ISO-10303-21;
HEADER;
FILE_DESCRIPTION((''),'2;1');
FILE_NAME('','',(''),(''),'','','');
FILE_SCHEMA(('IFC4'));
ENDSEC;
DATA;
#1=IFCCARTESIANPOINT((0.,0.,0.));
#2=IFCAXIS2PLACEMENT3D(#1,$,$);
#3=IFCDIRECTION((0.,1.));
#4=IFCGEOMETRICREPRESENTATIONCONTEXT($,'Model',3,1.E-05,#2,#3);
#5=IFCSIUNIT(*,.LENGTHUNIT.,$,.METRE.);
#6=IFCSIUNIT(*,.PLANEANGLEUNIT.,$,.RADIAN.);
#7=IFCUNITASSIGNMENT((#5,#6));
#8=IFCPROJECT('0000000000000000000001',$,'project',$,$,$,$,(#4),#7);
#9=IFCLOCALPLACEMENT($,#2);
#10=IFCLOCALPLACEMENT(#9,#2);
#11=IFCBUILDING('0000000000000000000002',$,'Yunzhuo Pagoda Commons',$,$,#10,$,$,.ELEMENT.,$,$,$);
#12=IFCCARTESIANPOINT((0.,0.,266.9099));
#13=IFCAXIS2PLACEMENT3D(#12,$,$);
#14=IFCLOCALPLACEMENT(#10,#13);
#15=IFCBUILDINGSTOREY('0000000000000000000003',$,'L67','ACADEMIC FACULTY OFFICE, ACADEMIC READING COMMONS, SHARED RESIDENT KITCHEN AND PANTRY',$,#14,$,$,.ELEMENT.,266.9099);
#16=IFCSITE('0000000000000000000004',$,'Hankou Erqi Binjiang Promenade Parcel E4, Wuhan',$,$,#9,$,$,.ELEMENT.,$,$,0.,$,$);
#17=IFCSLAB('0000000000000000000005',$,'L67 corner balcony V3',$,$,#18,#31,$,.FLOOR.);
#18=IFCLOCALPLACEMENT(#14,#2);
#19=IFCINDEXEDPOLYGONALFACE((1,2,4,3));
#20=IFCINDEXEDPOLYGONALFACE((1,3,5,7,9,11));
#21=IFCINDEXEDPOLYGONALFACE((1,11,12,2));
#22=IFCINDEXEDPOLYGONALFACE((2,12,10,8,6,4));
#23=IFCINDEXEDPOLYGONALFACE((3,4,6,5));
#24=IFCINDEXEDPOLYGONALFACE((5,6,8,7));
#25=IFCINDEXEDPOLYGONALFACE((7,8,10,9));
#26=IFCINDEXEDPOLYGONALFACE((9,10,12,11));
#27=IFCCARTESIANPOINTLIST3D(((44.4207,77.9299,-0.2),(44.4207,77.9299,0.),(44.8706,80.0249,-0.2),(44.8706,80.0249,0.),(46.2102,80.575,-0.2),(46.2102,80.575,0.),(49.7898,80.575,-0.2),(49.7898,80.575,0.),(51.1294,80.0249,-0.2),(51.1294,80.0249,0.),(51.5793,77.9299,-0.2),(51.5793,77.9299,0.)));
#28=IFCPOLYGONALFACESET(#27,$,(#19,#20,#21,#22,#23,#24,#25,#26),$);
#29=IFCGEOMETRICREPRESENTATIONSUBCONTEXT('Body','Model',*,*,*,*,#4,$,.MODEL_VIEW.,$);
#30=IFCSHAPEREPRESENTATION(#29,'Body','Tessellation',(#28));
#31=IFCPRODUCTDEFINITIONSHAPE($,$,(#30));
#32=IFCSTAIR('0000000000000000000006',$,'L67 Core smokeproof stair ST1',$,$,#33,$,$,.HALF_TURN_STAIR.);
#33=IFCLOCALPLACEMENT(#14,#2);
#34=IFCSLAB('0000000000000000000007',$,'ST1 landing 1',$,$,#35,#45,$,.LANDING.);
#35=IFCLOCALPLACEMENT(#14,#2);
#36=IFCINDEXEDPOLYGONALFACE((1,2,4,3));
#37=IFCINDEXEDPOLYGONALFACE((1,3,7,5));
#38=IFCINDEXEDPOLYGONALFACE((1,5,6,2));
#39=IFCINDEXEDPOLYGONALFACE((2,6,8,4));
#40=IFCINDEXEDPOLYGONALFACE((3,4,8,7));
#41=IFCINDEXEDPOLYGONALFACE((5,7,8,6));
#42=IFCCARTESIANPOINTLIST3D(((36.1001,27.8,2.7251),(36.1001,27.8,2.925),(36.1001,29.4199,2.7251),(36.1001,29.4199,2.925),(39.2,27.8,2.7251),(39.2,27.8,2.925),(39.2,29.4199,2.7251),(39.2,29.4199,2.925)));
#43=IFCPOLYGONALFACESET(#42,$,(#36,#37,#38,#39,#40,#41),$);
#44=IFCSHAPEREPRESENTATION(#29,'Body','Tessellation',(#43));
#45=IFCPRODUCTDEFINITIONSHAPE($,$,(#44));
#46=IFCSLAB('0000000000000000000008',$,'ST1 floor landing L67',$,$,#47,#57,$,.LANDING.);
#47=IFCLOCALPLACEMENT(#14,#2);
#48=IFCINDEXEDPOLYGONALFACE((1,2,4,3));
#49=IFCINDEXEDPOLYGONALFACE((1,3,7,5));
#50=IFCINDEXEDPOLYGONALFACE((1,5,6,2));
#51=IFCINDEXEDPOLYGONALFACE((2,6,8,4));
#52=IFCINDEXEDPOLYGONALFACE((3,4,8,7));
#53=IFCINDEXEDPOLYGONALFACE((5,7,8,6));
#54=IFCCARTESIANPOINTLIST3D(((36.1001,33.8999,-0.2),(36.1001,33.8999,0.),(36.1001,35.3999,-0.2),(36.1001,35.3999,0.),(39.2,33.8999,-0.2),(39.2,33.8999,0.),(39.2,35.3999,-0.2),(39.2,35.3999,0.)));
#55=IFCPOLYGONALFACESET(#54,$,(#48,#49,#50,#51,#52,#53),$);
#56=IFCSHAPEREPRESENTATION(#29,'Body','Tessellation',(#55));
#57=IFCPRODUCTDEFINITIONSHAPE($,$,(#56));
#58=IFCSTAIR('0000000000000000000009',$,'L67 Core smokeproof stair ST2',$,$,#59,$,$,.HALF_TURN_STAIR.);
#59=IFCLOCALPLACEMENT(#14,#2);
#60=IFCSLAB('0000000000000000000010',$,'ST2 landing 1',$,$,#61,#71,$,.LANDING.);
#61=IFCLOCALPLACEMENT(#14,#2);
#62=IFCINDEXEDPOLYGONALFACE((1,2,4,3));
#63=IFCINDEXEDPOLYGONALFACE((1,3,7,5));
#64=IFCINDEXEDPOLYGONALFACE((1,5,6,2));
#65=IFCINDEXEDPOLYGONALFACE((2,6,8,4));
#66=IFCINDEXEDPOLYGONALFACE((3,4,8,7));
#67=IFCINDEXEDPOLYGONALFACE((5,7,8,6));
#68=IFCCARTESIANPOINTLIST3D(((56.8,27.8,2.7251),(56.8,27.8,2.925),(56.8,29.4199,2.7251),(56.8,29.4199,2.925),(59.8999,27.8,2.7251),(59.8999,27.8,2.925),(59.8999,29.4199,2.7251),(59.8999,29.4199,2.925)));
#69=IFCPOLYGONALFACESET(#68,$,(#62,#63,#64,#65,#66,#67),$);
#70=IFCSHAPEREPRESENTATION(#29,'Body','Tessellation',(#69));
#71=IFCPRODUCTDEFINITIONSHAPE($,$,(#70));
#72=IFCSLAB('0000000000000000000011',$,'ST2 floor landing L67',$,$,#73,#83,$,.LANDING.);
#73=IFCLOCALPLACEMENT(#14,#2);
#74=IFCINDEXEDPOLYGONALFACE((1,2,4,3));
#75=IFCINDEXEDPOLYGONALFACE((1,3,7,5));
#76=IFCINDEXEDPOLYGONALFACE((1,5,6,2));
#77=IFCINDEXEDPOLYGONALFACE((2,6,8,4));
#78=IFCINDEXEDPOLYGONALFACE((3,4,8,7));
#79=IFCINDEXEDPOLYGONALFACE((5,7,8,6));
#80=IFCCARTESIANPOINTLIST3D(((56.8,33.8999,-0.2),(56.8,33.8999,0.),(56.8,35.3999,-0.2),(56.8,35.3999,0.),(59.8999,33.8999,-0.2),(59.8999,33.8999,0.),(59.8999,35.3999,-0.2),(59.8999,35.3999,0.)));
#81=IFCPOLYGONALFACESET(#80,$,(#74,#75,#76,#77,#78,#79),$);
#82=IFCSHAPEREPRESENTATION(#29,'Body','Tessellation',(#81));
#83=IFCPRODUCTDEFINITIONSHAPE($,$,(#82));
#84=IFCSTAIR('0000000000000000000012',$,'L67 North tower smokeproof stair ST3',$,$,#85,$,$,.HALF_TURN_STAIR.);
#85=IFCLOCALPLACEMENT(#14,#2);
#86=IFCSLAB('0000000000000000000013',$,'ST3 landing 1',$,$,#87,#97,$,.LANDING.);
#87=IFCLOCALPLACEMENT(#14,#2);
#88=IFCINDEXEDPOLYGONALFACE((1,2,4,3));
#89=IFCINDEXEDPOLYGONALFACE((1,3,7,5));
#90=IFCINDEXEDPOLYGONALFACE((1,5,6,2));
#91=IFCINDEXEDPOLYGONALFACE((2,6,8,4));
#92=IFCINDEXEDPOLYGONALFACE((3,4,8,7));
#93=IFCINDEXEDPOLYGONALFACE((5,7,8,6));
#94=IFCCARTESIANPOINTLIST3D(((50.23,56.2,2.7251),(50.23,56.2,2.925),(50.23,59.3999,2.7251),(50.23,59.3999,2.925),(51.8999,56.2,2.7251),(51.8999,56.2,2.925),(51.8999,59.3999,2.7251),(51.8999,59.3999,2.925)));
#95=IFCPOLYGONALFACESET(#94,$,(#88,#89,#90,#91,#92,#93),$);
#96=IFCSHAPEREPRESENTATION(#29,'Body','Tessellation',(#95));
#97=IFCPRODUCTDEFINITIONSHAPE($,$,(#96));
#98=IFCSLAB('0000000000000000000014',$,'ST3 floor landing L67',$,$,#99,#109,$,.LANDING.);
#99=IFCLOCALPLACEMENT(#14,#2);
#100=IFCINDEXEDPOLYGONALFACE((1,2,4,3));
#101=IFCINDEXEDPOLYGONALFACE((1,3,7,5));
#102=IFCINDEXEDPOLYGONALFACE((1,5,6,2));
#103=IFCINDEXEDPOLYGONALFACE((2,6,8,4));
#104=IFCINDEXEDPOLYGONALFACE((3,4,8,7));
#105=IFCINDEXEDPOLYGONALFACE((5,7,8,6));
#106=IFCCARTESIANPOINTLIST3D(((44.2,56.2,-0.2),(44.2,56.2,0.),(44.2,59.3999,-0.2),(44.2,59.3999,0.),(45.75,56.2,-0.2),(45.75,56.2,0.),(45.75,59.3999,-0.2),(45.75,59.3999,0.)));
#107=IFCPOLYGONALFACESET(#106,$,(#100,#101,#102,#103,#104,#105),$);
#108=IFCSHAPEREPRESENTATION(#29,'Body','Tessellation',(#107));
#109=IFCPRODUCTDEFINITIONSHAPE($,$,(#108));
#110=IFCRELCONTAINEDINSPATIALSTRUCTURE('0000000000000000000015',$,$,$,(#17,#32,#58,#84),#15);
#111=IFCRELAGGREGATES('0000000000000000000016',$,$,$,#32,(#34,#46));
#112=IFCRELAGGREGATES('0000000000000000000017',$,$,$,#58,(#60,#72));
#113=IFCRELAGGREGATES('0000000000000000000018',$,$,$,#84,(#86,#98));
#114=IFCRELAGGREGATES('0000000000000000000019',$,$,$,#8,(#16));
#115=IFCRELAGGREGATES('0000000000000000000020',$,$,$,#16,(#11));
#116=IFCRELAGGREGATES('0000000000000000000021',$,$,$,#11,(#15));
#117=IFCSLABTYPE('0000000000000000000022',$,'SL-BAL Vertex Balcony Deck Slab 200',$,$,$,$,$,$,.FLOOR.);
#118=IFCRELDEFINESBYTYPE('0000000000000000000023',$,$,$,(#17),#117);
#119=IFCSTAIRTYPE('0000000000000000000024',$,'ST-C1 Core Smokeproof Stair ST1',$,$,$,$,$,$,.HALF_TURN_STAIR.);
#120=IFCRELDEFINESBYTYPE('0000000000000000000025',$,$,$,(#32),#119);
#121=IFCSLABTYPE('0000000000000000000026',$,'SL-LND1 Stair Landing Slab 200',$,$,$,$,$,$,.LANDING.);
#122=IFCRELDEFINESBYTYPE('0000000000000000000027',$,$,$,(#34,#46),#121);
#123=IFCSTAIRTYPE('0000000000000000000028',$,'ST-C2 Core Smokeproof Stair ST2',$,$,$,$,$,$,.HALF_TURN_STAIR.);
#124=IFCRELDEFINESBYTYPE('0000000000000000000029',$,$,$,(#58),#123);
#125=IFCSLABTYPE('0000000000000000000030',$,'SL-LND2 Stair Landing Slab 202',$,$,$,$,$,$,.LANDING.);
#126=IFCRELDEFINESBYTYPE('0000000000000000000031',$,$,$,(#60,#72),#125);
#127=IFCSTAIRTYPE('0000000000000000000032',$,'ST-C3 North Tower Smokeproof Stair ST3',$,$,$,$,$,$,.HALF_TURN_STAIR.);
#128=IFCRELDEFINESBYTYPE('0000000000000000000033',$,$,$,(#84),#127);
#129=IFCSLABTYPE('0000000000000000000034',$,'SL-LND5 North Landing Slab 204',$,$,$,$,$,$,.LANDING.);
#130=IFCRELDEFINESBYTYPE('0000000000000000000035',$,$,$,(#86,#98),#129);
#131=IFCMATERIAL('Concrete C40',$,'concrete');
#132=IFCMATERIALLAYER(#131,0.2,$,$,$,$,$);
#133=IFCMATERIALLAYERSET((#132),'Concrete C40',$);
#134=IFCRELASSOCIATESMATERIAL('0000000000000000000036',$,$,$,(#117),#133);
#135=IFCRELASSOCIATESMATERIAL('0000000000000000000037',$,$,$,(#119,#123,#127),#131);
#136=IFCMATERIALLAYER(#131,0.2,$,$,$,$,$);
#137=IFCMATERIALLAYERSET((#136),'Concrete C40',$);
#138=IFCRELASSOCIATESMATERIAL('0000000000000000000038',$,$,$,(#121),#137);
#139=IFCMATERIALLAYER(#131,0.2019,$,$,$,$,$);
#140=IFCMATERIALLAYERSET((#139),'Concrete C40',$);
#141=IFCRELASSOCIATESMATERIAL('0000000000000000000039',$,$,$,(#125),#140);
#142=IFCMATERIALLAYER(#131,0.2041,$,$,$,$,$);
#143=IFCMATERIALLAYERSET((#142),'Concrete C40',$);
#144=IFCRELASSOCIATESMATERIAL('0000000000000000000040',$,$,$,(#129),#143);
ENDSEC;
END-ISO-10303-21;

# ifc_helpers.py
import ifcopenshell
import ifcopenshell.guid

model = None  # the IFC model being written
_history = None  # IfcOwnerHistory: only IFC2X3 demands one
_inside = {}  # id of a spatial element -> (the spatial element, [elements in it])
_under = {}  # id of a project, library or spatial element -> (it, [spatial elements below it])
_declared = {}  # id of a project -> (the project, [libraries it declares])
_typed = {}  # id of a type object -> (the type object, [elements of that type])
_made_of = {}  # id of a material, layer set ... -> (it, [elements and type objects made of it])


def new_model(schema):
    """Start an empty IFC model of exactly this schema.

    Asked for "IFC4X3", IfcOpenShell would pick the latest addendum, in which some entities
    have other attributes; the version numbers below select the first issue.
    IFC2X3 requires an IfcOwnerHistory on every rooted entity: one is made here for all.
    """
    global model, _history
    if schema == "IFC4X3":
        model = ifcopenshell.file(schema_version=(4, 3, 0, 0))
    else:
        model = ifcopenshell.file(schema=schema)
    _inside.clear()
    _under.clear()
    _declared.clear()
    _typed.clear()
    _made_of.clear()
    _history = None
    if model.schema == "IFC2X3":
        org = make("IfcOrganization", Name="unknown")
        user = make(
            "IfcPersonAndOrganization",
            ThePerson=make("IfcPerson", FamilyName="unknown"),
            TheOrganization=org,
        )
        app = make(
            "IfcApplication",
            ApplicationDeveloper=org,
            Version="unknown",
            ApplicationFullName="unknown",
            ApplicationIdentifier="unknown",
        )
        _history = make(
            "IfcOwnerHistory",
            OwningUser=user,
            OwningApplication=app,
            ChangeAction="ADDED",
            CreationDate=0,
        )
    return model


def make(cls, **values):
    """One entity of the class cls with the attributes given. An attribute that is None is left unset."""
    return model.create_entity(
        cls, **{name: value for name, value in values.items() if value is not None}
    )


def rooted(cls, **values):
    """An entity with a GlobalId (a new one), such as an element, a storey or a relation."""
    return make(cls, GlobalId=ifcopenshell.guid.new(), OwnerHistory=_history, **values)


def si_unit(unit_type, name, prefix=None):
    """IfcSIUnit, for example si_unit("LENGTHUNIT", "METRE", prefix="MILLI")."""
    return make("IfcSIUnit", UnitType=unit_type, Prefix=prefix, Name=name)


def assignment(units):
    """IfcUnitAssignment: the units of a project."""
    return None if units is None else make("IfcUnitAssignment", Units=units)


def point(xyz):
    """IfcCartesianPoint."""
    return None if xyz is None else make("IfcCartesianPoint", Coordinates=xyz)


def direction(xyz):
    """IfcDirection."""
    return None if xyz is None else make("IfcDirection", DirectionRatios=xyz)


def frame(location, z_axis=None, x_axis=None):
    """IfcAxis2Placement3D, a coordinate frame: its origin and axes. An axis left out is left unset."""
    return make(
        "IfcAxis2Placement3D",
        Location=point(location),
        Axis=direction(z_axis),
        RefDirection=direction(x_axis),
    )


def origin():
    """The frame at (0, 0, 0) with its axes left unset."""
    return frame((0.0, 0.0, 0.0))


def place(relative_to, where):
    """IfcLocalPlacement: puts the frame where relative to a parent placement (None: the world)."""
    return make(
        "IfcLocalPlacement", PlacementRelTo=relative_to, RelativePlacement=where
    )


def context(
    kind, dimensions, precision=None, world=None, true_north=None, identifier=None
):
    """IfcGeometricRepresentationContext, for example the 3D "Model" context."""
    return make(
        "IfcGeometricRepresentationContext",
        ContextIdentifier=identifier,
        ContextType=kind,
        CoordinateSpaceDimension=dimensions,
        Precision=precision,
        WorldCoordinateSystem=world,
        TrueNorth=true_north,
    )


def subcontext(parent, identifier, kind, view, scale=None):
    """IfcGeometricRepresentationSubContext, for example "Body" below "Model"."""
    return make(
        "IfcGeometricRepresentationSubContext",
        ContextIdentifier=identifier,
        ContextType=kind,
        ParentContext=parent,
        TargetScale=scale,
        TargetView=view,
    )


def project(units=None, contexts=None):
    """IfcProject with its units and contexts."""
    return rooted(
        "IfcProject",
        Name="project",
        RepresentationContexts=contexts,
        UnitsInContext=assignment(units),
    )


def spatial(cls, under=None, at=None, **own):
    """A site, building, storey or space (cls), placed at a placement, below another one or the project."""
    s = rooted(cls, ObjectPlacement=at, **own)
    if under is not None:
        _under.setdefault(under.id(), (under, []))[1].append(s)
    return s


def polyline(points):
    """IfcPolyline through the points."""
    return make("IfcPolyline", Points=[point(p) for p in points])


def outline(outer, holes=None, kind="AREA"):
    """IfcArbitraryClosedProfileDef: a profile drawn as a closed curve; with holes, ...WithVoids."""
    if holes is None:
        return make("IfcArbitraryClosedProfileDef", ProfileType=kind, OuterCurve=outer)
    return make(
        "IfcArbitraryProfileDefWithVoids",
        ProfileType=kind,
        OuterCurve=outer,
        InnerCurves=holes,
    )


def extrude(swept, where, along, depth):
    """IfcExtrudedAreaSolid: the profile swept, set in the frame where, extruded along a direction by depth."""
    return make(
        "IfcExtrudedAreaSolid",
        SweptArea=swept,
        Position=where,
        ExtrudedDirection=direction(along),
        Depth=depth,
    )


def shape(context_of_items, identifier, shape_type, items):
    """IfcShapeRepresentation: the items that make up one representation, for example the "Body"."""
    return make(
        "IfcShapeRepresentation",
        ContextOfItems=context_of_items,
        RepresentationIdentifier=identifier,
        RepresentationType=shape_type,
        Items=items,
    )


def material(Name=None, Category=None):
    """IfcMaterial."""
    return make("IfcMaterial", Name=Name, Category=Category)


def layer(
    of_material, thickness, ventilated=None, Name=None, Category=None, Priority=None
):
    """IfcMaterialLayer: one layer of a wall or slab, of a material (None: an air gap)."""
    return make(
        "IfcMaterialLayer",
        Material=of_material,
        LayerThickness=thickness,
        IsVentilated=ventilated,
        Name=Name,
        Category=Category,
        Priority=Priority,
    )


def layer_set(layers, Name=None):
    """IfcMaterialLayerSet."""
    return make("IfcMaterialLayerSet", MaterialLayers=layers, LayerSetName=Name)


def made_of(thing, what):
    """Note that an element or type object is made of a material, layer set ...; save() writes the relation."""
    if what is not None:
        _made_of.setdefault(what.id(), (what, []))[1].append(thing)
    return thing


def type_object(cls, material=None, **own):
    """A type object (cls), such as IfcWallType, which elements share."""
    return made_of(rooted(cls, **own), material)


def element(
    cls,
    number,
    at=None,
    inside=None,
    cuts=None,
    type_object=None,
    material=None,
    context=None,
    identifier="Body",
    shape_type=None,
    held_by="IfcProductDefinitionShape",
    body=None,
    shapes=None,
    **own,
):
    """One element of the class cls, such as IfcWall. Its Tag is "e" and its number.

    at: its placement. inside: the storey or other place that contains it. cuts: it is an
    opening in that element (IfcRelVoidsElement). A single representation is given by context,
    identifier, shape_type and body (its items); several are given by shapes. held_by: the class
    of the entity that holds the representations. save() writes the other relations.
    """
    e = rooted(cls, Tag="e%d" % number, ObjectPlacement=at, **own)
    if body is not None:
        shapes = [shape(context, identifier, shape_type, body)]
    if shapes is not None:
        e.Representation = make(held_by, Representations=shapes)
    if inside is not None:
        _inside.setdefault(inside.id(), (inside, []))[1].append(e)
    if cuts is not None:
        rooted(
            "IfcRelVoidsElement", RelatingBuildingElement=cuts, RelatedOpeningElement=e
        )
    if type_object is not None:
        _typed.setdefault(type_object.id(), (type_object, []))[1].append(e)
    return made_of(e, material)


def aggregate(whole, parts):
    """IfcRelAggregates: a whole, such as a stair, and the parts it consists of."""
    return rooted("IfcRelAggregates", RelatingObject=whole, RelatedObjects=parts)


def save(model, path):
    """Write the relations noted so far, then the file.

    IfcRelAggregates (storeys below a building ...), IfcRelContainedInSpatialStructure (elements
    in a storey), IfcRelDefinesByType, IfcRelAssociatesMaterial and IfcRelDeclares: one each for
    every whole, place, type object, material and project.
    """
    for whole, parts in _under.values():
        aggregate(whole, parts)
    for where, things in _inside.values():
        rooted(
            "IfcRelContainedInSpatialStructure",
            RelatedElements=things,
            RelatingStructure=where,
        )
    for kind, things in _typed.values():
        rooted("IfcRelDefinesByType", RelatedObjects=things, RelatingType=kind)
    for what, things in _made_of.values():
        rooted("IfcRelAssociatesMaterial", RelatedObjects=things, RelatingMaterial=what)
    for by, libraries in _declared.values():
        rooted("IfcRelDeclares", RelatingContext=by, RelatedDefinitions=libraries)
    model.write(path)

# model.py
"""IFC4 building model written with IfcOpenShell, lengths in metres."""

from ifc_helpers import new_model, si_unit, direction, frame, origin, place, context, subcontext, project, spatial, polyline, outline, extrude, material, layer, layer_set, type_object, element, aggregate, save


model = new_model("IFC4")

# Units and contexts
model_context = context("Model", 3, precision=1e-05, world=origin(), true_north=direction((0.0, 1.0)))
body_context = subcontext(model_context, "Body", "Model", "MODEL_VIEW")
ifc_project = project(units=[si_unit("LENGTHUNIT", "METRE"), si_unit("PLANEANGLEUNIT", "RADIAN")], contexts=[model_context])

# Site, building, storey
site_placement = place(None, origin())
site = spatial("IfcSite", under=ifc_project, at=site_placement, Name="Hankou Erqi Binjiang Promenade Parcel E4, Wuhan", CompositionType="ELEMENT", RefElevation=0.0)
building_placement = place(site_placement, origin())
building = spatial("IfcBuilding", under=site, at=building_placement, Name="Yunzhuo Pagoda Commons", CompositionType="ELEMENT")
storey_placement = place(building_placement, frame((0.0, 0.0, 266.9099)))
storey = spatial("IfcBuildingStorey", under=building, at=storey_placement, Name="L67", Description="ACADEMIC FACULTY OFFICE, ACADEMIC READING COMMONS, SHARED RESIDENT KITCHEN AND PANTRY", CompositionType="ELEMENT", Elevation=266.9099)

# Slab
ifc_material_1 = material(Name="Concrete C40", Category="concrete")
ifc_layer_1 = layer(ifc_material_1, 0.2)
ifc_layer_set_1 = layer_set([ifc_layer_1], Name="Concrete C40")
slab_type_1 = type_object("IfcSlabType", Name="SL-BAL Vertex Balcony Deck Slab 200", PredefinedType="FLOOR", material=ifc_layer_set_1)
slab_1_placement = place(storey_placement, frame((0.0, 0.0, -0.2)))
element("IfcSlab", 1, at=slab_1_placement, inside=storey, type_object=slab_type_1, Name="L67 corner balcony V3", PredefinedType="FLOOR", context=body_context, shape_type="SweptSolid", body=[
    extrude(outline(polyline([(51.5793, 77.9299), (44.4207, 77.9299), (44.8706, 80.0249), (46.2102, 80.575), (49.7898, 80.575), (51.1294, 80.0249), (51.5793, 77.9299)])), origin(), (0.0, 0.0, 1.0), 0.2),
])

# Stairs, slabs
stair_type_1 = type_object("IfcStairType", Name="ST-C1 Core Smokeproof Stair ST1", PredefinedType="HALF_TURN_STAIR", material=ifc_material_1)
stair_1_placement = place(storey_placement, origin())
stair_1 = element("IfcStair", 2, at=stair_1_placement, inside=storey, type_object=stair_type_1, Name="L67 Core smokeproof stair ST1", PredefinedType="HALF_TURN_STAIR")
ifc_layer_2 = layer(ifc_material_1, 0.2)
ifc_layer_set_2 = layer_set([ifc_layer_2], Name="Concrete C40")
slab_type_2 = type_object("IfcSlabType", Name="SL-LND1 Stair Landing Slab 200", PredefinedType="LANDING", material=ifc_layer_set_2)
slab_2_placement = place(storey_placement, frame((0.0, 0.0, 2.7251)))
slab_2 = element("IfcSlab", 3, at=slab_2_placement, type_object=slab_type_2, Name="ST1 landing 1", PredefinedType="LANDING", context=body_context, shape_type="SweptSolid", body=[
    extrude(outline(polyline([(36.1001, 29.4199), (36.1001, 27.8), (39.2, 27.8), (39.2, 29.4199), (36.1001, 29.4199)])), origin(), (0.0, 0.0, 1.0), 0.2),
])
slab_3_placement = place(storey_placement, frame((0.0, 0.0, -0.2)))
slab_3 = element("IfcSlab", 4, at=slab_3_placement, type_object=slab_type_2, Name="ST1 floor landing L67", PredefinedType="LANDING", context=body_context, shape_type="SweptSolid", body=[
    extrude(outline(polyline([(36.1001, 35.3999), (36.1001, 33.8999), (39.2, 33.8999), (39.2, 35.3999), (36.1001, 35.3999)])), origin(), (0.0, 0.0, 1.0), 0.2),
])
aggregate(stair_1, [slab_2, slab_3])
stair_type_2 = type_object("IfcStairType", Name="ST-C2 Core Smokeproof Stair ST2", PredefinedType="HALF_TURN_STAIR", material=ifc_material_1)
stair_2_placement = place(storey_placement, origin())
stair_2 = element("IfcStair", 5, at=stair_2_placement, inside=storey, type_object=stair_type_2, Name="L67 Core smokeproof stair ST2", PredefinedType="HALF_TURN_STAIR")
ifc_layer_3 = layer(ifc_material_1, 0.2019)
ifc_layer_set_3 = layer_set([ifc_layer_3], Name="Concrete C40")
slab_type_3 = type_object("IfcSlabType", Name="SL-LND2 Stair Landing Slab 202", PredefinedType="LANDING", material=ifc_layer_set_3)
slab_4_placement = place(storey_placement, frame((0.0, 0.0, 2.7251)))
slab_4 = element("IfcSlab", 6, at=slab_4_placement, type_object=slab_type_3, Name="ST2 landing 1", PredefinedType="LANDING", context=body_context, shape_type="SweptSolid", body=[
    extrude(outline(polyline([(56.8, 29.4199), (56.8, 27.8), (59.8999, 27.8), (59.8999, 29.4199), (56.8, 29.4199)])), origin(), (0.0, 0.0, 1.0), 0.2),
])
slab_5_placement = place(storey_placement, frame((0.0, 0.0, -0.2)))
slab_5 = element("IfcSlab", 7, at=slab_5_placement, type_object=slab_type_3, Name="ST2 floor landing L67", PredefinedType="LANDING", context=body_context, shape_type="SweptSolid", body=[
    extrude(outline(polyline([(56.8, 35.3999), (56.8, 33.8999), (59.8999, 33.8999), (59.8999, 35.3999), (56.8, 35.3999)])), origin(), (0.0, 0.0, 1.0), 0.2),
])
aggregate(stair_2, [slab_4, slab_5])
stair_type_3 = type_object("IfcStairType", Name="ST-C3 North Tower Smokeproof Stair ST3", PredefinedType="HALF_TURN_STAIR", material=ifc_material_1)
stair_3_placement = place(storey_placement, origin())
stair_3 = element("IfcStair", 8, at=stair_3_placement, inside=storey, type_object=stair_type_3, Name="L67 North tower smokeproof stair ST3", PredefinedType="HALF_TURN_STAIR")
ifc_layer_4 = layer(ifc_material_1, 0.2041)
ifc_layer_set_4 = layer_set([ifc_layer_4], Name="Concrete C40")
slab_type_4 = type_object("IfcSlabType", Name="SL-LND5 North Landing Slab 204", PredefinedType="LANDING", material=ifc_layer_set_4)
slab_6_placement = place(storey_placement, frame((0.0, 0.0, 2.7251)))
slab_6 = element("IfcSlab", 9, at=slab_6_placement, type_object=slab_type_4, Name="ST3 landing 1", PredefinedType="LANDING", context=body_context, shape_type="SweptSolid", body=[
    extrude(outline(polyline([(50.23, 56.2), (51.8999, 56.2), (51.8999, 59.3999), (50.23, 59.3999), (50.23, 56.2)])), origin(), (0.0, 0.0, 1.0), 0.2),
])
slab_7_placement = place(storey_placement, frame((0.0, 0.0, -0.2)))
slab_7 = element("IfcSlab", 10, at=slab_7_placement, type_object=slab_type_4, Name="ST3 floor landing L67", PredefinedType="LANDING", context=body_context, shape_type="SweptSolid", body=[
    extrude(outline(polyline([(44.2, 56.2), (45.75, 56.2), (45.75, 59.3999), (44.2, 59.3999), (44.2, 56.2)])), origin(), (0.0, 0.0, 1.0), 0.2),
])
aggregate(stair_3, [slab_6, slab_7])

save(model, "model.ifc")
